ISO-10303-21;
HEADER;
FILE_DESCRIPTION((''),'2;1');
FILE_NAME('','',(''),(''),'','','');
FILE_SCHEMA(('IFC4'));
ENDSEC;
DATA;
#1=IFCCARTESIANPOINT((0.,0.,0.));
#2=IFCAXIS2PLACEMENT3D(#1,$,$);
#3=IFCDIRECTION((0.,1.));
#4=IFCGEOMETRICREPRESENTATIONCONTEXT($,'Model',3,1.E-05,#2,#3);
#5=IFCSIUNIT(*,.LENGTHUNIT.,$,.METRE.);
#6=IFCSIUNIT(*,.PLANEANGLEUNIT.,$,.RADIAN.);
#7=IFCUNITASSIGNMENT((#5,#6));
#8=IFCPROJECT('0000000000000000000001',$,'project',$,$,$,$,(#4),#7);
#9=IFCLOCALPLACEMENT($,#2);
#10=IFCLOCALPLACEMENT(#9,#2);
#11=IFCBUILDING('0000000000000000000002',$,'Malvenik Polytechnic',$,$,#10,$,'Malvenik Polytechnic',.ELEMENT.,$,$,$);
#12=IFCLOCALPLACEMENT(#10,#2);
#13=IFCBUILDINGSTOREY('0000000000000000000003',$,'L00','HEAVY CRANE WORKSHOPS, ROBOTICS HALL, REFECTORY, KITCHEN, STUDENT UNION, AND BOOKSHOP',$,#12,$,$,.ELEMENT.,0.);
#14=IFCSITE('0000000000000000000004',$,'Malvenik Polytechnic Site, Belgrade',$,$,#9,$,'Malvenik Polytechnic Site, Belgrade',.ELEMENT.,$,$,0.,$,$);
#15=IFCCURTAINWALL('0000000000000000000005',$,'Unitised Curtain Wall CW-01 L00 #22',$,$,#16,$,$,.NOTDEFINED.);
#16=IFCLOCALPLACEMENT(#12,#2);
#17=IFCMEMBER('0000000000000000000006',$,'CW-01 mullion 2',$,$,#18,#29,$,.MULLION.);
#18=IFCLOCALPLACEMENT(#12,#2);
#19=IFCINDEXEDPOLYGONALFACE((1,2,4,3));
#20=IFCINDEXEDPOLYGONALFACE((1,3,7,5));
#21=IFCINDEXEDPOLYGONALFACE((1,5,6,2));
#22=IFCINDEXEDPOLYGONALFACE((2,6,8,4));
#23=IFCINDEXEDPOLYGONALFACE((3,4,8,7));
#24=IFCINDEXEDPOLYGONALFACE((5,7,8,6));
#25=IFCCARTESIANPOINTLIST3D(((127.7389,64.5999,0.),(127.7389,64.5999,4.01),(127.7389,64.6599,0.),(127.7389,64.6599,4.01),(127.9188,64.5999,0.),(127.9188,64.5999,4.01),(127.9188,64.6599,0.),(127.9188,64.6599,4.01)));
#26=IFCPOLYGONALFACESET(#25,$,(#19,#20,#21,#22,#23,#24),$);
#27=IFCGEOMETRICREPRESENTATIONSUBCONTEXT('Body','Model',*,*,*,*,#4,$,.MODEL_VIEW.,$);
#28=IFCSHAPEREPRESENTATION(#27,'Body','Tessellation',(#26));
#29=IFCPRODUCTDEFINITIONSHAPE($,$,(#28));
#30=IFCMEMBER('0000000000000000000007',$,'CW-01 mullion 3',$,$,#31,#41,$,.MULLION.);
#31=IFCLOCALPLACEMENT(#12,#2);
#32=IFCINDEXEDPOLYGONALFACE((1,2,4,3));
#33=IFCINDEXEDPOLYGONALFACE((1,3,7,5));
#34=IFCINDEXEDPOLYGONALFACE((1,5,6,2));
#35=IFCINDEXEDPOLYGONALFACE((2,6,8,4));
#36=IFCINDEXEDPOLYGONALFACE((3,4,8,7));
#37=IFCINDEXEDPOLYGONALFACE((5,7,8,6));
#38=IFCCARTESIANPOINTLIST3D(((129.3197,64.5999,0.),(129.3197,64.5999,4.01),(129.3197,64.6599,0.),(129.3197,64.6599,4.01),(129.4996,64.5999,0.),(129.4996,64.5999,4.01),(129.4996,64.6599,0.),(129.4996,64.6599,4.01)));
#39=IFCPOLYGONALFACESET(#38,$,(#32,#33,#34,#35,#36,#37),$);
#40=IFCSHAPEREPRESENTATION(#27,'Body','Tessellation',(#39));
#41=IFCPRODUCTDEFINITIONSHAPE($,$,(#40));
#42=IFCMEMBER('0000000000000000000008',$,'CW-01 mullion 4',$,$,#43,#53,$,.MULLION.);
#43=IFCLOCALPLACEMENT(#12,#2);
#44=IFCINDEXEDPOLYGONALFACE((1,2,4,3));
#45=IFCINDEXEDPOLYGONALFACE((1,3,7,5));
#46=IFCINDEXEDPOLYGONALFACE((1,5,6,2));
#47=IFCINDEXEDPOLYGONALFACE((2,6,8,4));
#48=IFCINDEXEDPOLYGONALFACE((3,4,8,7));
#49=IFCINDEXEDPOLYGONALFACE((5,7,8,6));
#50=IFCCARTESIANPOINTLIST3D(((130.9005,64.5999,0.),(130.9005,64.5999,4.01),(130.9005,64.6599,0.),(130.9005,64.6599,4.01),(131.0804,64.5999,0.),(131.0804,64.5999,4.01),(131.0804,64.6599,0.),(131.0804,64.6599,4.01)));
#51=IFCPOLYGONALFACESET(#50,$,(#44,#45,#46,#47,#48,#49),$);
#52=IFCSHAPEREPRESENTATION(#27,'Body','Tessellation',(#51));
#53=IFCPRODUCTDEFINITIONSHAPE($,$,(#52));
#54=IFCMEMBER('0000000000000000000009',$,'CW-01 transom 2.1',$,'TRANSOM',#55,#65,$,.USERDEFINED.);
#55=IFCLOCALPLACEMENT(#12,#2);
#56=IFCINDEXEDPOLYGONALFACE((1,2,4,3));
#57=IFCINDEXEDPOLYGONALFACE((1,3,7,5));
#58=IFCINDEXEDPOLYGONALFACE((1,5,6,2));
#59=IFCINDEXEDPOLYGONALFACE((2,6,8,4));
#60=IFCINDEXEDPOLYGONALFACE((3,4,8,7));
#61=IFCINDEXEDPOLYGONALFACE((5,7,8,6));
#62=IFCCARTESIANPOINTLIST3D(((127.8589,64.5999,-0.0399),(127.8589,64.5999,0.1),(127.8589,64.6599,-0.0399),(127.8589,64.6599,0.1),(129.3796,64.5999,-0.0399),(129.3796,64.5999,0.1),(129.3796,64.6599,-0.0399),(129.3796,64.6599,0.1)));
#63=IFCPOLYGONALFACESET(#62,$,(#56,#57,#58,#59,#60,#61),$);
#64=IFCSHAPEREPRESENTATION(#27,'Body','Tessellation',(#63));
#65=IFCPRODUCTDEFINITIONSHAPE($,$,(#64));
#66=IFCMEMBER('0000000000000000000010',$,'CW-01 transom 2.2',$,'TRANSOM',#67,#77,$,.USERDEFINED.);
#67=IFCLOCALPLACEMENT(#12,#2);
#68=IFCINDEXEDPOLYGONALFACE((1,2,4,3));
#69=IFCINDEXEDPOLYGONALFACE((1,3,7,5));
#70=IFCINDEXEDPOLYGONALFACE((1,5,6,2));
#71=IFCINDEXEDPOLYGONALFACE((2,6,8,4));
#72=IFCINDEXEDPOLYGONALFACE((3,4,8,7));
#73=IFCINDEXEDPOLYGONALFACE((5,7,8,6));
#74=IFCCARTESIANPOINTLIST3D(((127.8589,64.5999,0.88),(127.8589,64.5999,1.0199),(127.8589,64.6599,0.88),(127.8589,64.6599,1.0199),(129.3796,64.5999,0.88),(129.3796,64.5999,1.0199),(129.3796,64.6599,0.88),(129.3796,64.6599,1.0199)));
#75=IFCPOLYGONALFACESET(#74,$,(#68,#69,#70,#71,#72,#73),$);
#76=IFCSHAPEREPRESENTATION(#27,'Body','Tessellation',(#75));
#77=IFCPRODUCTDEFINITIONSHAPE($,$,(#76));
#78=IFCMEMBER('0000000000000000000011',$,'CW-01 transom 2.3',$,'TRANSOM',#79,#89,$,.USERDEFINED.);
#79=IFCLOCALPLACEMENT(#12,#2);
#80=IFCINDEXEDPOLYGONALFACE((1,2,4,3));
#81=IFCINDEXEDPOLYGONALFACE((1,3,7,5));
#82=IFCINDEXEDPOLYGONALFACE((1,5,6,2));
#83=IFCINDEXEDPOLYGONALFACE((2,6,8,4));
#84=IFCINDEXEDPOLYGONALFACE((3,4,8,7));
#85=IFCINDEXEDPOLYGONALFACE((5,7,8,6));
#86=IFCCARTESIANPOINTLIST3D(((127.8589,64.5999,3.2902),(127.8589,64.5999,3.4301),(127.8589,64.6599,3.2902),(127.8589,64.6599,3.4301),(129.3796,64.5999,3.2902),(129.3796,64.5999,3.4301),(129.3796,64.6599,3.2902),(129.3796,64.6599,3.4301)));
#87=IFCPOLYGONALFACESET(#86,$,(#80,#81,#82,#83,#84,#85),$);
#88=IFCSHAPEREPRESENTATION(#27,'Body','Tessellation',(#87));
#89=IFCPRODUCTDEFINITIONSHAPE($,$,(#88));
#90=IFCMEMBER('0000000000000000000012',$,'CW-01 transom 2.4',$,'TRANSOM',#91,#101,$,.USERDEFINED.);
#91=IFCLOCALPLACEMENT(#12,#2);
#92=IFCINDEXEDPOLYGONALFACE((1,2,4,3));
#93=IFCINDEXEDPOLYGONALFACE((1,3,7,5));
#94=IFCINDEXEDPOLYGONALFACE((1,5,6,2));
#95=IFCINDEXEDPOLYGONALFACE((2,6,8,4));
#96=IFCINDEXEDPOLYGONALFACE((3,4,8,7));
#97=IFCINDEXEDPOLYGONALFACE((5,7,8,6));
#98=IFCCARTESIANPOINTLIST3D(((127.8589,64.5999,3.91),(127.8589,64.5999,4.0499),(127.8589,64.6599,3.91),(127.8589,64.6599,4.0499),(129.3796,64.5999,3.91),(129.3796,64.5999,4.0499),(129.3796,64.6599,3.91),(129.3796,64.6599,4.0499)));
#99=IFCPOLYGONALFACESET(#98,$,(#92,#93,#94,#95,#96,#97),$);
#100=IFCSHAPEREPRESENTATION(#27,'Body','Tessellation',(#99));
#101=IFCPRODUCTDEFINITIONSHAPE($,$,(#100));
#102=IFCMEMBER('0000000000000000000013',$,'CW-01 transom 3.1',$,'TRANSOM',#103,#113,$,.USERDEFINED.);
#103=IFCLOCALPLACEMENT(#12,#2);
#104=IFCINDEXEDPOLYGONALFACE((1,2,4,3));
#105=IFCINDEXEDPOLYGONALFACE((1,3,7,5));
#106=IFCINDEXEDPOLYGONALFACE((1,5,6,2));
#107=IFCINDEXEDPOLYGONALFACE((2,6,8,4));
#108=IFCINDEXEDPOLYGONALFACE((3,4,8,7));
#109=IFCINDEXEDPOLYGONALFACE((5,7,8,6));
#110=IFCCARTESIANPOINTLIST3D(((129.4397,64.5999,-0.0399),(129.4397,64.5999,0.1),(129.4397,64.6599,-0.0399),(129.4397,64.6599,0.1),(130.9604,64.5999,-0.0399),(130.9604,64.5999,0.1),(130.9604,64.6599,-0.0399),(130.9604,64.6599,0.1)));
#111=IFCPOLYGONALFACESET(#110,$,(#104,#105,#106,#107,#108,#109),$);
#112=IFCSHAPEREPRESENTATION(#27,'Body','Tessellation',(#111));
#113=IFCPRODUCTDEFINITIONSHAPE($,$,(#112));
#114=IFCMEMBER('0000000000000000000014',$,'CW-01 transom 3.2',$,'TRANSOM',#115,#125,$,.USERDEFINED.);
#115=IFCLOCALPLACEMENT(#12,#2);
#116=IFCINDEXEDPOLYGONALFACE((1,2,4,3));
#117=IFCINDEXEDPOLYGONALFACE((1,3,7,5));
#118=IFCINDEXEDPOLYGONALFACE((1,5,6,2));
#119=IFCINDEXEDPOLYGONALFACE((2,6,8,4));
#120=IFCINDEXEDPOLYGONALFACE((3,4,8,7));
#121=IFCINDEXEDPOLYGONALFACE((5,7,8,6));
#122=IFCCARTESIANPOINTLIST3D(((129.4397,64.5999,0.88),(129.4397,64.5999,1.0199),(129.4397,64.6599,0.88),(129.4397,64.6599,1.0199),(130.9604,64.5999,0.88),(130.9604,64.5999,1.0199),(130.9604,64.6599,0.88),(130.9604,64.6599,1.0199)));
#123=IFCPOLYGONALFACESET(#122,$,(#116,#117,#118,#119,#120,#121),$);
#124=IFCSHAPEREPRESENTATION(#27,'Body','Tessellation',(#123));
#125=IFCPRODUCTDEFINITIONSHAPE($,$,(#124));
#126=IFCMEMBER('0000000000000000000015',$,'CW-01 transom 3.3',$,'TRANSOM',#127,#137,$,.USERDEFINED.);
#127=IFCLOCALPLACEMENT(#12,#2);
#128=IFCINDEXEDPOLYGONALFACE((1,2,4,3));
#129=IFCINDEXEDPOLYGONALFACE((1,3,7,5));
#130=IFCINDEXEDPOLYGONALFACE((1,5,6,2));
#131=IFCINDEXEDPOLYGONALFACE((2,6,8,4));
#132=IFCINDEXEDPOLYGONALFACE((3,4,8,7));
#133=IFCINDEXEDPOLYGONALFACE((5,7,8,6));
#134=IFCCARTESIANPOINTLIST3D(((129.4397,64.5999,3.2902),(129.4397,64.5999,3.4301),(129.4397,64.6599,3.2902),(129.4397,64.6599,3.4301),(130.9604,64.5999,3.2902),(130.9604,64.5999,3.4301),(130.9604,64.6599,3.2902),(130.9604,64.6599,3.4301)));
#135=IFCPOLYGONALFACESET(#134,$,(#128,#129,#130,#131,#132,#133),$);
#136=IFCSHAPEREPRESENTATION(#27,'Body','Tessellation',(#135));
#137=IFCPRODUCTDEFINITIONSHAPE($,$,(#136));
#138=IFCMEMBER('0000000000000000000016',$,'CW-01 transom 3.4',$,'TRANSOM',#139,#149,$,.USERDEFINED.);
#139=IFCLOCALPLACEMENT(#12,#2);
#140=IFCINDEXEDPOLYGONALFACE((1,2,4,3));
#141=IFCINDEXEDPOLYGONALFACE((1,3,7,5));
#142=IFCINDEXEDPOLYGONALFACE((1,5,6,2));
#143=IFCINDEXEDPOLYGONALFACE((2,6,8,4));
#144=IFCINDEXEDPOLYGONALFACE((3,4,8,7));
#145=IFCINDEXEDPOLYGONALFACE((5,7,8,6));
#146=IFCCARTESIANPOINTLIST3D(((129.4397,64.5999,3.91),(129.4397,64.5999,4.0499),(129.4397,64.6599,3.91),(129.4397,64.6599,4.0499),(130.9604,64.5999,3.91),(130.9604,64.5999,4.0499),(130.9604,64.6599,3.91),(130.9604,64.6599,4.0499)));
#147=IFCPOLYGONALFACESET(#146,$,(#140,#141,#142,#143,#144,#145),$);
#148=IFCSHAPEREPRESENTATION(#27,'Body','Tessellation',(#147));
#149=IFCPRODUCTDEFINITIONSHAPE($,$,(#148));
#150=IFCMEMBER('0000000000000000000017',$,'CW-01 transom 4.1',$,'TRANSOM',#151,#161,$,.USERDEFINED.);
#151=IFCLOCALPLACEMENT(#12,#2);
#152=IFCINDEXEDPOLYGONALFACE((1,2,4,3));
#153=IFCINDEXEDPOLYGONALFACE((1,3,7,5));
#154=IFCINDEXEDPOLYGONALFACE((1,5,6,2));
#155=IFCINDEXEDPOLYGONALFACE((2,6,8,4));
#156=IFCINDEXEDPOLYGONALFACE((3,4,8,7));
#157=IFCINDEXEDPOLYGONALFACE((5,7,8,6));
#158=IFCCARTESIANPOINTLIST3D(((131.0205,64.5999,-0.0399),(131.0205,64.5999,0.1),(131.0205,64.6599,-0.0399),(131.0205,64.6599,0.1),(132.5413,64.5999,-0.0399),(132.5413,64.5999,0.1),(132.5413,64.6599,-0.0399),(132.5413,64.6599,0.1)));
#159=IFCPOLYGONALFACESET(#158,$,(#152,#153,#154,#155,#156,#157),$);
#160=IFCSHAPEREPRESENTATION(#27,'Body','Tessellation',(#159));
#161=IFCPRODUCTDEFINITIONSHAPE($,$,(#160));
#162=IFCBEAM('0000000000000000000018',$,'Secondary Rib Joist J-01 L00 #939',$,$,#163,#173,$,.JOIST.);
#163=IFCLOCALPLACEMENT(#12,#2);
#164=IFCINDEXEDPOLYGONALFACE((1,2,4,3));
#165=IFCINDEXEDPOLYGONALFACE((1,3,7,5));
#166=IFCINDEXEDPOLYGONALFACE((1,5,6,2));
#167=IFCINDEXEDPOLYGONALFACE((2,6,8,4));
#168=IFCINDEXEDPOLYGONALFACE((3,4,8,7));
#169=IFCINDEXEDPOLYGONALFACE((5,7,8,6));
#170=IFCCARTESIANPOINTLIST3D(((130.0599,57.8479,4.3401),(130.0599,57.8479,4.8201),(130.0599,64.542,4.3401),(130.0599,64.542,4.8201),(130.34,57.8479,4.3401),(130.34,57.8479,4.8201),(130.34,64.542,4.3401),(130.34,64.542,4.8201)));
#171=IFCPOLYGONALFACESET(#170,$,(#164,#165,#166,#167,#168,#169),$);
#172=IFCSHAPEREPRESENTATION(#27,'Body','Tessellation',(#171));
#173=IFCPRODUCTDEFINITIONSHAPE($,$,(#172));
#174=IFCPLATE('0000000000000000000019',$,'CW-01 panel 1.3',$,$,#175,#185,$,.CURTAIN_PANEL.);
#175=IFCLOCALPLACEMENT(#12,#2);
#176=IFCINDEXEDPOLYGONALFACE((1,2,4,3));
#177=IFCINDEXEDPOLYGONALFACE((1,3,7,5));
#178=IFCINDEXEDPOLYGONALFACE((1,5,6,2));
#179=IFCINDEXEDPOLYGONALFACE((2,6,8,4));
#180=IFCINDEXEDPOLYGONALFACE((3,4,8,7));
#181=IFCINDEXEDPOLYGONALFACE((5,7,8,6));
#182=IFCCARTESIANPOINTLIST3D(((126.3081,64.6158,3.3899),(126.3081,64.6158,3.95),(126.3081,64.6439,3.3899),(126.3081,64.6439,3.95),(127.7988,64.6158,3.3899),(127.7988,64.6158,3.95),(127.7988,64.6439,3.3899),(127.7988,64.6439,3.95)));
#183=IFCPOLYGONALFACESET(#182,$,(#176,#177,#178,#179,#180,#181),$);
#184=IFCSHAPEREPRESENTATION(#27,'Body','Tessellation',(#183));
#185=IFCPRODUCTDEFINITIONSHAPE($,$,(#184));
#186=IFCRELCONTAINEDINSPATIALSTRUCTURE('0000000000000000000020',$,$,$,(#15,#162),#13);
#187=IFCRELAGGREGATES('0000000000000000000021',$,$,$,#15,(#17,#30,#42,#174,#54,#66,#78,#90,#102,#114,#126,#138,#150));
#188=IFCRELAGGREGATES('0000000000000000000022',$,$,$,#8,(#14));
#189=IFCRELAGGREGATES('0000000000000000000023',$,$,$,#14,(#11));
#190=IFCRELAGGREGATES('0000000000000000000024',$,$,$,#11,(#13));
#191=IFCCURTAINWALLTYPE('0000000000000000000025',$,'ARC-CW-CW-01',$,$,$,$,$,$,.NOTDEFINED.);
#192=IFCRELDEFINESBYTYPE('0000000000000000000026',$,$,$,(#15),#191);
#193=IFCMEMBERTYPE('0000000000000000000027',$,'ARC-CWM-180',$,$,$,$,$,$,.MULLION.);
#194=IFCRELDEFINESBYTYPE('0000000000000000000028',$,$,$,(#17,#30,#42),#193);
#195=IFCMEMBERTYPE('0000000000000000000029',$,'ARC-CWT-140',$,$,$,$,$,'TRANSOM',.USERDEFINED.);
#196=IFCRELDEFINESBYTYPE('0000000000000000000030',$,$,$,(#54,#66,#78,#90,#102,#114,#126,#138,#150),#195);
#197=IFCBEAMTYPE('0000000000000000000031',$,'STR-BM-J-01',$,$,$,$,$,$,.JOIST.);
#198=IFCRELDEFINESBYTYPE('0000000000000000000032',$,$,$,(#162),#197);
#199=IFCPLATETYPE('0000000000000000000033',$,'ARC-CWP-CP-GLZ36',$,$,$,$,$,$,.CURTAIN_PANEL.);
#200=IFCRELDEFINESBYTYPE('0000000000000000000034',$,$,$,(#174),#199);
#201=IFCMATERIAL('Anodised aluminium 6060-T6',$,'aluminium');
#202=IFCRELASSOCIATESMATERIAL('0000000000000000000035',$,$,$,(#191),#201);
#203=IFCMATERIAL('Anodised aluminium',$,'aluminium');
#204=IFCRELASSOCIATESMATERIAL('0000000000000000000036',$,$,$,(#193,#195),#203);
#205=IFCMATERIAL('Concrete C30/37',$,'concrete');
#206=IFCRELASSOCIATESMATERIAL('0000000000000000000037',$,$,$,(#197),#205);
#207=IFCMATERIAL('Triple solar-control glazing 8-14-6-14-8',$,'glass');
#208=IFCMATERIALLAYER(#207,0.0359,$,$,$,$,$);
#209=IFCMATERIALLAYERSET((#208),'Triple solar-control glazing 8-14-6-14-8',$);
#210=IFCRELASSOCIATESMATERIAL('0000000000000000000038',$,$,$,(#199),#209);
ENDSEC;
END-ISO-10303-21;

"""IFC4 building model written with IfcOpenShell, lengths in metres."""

from ifc_helpers import new_model, si_unit, direction, frame, origin, origin_2d, place, context, subcontext, project, spatial, rectangle, extrude, material, layer, layer_set, material_profile, profile_set, type_object, element, aggregate, save


model = new_model("IFC4")

# Units and contexts
model_context = context("Model", 3, precision=1e-05, world=origin(), true_north=direction((0.0, 1.0)))
body_context = subcontext(model_context, "Body", "Model", "MODEL_VIEW")
ifc_project = project(units=[si_unit("LENGTHUNIT", "METRE"), si_unit("PLANEANGLEUNIT", "RADIAN")], contexts=[model_context])

# Site, building, storey
site_placement = place(None, origin())
site = spatial("IfcSite", under=ifc_project, at=site_placement, Name="Malvenik Polytechnic Site, Belgrade", LongName="Malvenik Polytechnic Site, Belgrade", CompositionType="ELEMENT", RefElevation=0.0)
building_placement = place(site_placement, origin())
building = spatial("IfcBuilding", under=site, at=building_placement, Name="Malvenik Polytechnic", LongName="Malvenik Polytechnic", CompositionType="ELEMENT")
storey_placement = place(building_placement, origin())
storey = spatial("IfcBuildingStorey", under=building, at=storey_placement, Name="L00", Description="HEAVY CRANE WORKSHOPS, ROBOTICS HALL, REFECTORY, KITCHEN, STUDENT UNION, AND BOOKSHOP", CompositionType="ELEMENT", Elevation=0.0)

# Curtain wall, members
ifc_material_1 = material(Name="Anodised aluminium 6060-T6", Category="aluminium")
curtain_wall_type = type_object("IfcCurtainWallType", Name="ARC-CW-CW-01", PredefinedType="NOTDEFINED", material=ifc_material_1)
curtain_wall_placement = place(storey_placement, origin())
curtain_wall = element("IfcCurtainWall", 1, at=curtain_wall_placement, inside=storey, type_object=curtain_wall_type, Name="Unitised Curtain Wall CW-01 L00 #22", PredefinedType="NOTDEFINED")
ifc_material_2 = material(Name="Anodised aluminium", Category="aluminium")
ifc_material_profile_1 = material_profile(ifc_material_2, rectangle(XDim=0.0601, YDim=0.1799, at=origin_2d()), Name="ALU MULLION 60x180")
ifc_profile_set_1 = profile_set([ifc_material_profile_1], Name="Anodised aluminium")
member_type_1 = type_object("IfcMemberType", Name="ARC-CWM-180", PredefinedType="MULLION", material=ifc_profile_set_1)
member_1_placement = place(storey_placement, frame((127.8289, 64.6299, 0.0), z_axis=(0.0, 0.0, 1.0), x_axis=(0.0, 1.0, 0.0)))
member_1 = element("IfcMember", 2, at=member_1_placement, type_object=member_type_1, Name="CW-01 mullion 2", PredefinedType="MULLION", context=body_context, shape_type="SweptSolid", body=[
    extrude(rectangle(XDim=0.0601, YDim=0.1799, at=origin_2d()), origin(), (0.0, 0.0, 1.0), 4.01),
])
member_2_placement = place(storey_placement, frame((129.4097, 64.6299, 0.0), z_axis=(0.0, 0.0, 1.0), x_axis=(0.0, 1.0, 0.0)))
member_2 = element("IfcMember", 3, at=member_2_placement, type_object=member_type_1, Name="CW-01 mullion 3", PredefinedType="MULLION", context=body_context, shape_type="SweptSolid", body=[
    extrude(rectangle(XDim=0.0601, YDim=0.1799, at=origin_2d()), origin(), (0.0, 0.0, 1.0), 4.01),
])
member_3_placement = place(storey_placement, frame((130.9905, 64.6299, 0.0), z_axis=(0.0, 0.0, 1.0), x_axis=(0.0, 1.0, 0.0)))
member_3 = element("IfcMember", 4, at=member_3_placement, type_object=member_type_1, Name="CW-01 mullion 4", PredefinedType="MULLION", context=body_context, shape_type="SweptSolid", body=[
    extrude(rectangle(XDim=0.0601, YDim=0.1799, at=origin_2d()), origin(), (0.0, 0.0, 1.0), 4.01),
])
ifc_material_profile_2 = material_profile(ifc_material_2, rectangle(XDim=0.0601, YDim=0.1399, at=origin_2d()), Name="ALU TRANSOM 60x140")
ifc_profile_set_2 = profile_set([ifc_material_profile_2], Name="Anodised aluminium")
member_type_2 = type_object("IfcMemberType", Name="ARC-CWT-140", ElementType="TRANSOM", PredefinedType="USERDEFINED", material=ifc_profile_set_2)
member_4_placement = place(storey_placement, frame((127.8589, 64.6299, 0.03), z_axis=(1.0, 0.0, 0.0), x_axis=(0.0, 1.0, 0.0)))
member_4 = element("IfcMember", 5, at=member_4_placement, type_object=member_type_2, Name="CW-01 transom 2.1", ObjectType="TRANSOM", PredefinedType="USERDEFINED", context=body_context, shape_type="SweptSolid", body=[
    extrude(rectangle(XDim=0.0601, YDim=0.1399, at=origin_2d()), origin(), (0.0, 0.0, 1.0), 1.5208),
])
member_5_placement = place(storey_placement, frame((127.8589, 64.6299, 0.95), z_axis=(1.0, 0.0, 0.0), x_axis=(0.0, 1.0, 0.0)))
member_5 = element("IfcMember", 6, at=member_5_placement, type_object=member_type_2, Name="CW-01 transom 2.2", ObjectType="TRANSOM", PredefinedType="USERDEFINED", context=body_context, shape_type="SweptSolid", body=[
    extrude(rectangle(XDim=0.0601, YDim=0.1399, at=origin_2d()), origin(), (0.0, 0.0, 1.0), 1.5208),
])
member_6_placement = place(storey_placement, frame((127.8589, 64.6299, 3.3601), z_axis=(1.0, 0.0, 0.0), x_axis=(0.0, 1.0, 0.0)))
member_6 = element("IfcMember", 7, at=member_6_placement, type_object=member_type_2, Name="CW-01 transom 2.3", ObjectType="TRANSOM", PredefinedType="USERDEFINED", context=body_context, shape_type="SweptSolid", body=[
    extrude(rectangle(XDim=0.0601, YDim=0.1399, at=origin_2d()), origin(), (0.0, 0.0, 1.0), 1.5208),
])
member_7_placement = place(storey_placement, frame((127.8589, 64.6299, 3.98), z_axis=(1.0, 0.0, 0.0), x_axis=(0.0, 1.0, 0.0)))
member_7 = element("IfcMember", 8, at=member_7_placement, type_object=member_type_2, Name="CW-01 transom 2.4", ObjectType="TRANSOM", PredefinedType="USERDEFINED", context=body_context, shape_type="SweptSolid", body=[
    extrude(rectangle(XDim=0.0601, YDim=0.1399, at=origin_2d()), origin(), (0.0, 0.0, 1.0), 1.5208),
])
member_8_placement = place(storey_placement, frame((129.4397, 64.6299, 0.03), z_axis=(1.0, 0.0, 0.0), x_axis=(0.0, 1.0, 0.0)))
member_8 = element("IfcMember", 9, at=member_8_placement, type_object=member_type_2, Name="CW-01 transom 3.1", ObjectType="TRANSOM", PredefinedType="USERDEFINED", context=body_context, shape_type="SweptSolid", body=[
    extrude(rectangle(XDim=0.0601, YDim=0.1399, at=origin_2d()), origin(), (0.0, 0.0, 1.0), 1.5208),
])
member_9_placement = place(storey_placement, frame((129.4397, 64.6299, 0.95), z_axis=(1.0, 0.0, 0.0), x_axis=(0.0, 1.0, 0.0)))
member_9 = element("IfcMember", 10, at=member_9_placement, type_object=member_type_2, Name="CW-01 transom 3.2", ObjectType="TRANSOM", PredefinedType="USERDEFINED", context=body_context, shape_type="SweptSolid", body=[
    extrude(rectangle(XDim=0.0601, YDim=0.1399, at=origin_2d()), origin(), (0.0, 0.0, 1.0), 1.5208),
])
member_10_placement = place(storey_placement, frame((129.4397, 64.6299, 3.3601), z_axis=(1.0, 0.0, 0.0), x_axis=(0.0, 1.0, 0.0)))
member_10 = element("IfcMember", 11, at=member_10_placement, type_object=member_type_2, Name="CW-01 transom 3.3", ObjectType="TRANSOM", PredefinedType="USERDEFINED", context=body_context, shape_type="SweptSolid", body=[
    extrude(rectangle(XDim=0.0601, YDim=0.1399, at=origin_2d()), origin(), (0.0, 0.0, 1.0), 1.5208),
])
member_11_placement = place(storey_placement, frame((129.4397, 64.6299, 3.98), z_axis=(1.0, 0.0, 0.0), x_axis=(0.0, 1.0, 0.0)))
member_11 = element("IfcMember", 12, at=member_11_placement, type_object=member_type_2, Name="CW-01 transom 3.4", ObjectType="TRANSOM", PredefinedType="USERDEFINED", context=body_context, shape_type="SweptSolid", body=[
    extrude(rectangle(XDim=0.0601, YDim=0.1399, at=origin_2d()), origin(), (0.0, 0.0, 1.0), 1.5208),
])
member_12_placement = place(storey_placement, frame((131.0205, 64.6299, 0.03), z_axis=(1.0, 0.0, 0.0), x_axis=(0.0, 1.0, 0.0)))
member_12 = element("IfcMember", 13, at=member_12_placement, type_object=member_type_2, Name="CW-01 transom 4.1", ObjectType="TRANSOM", PredefinedType="USERDEFINED", context=body_context, shape_type="SweptSolid", body=[
    extrude(rectangle(XDim=0.0601, YDim=0.1399, at=origin_2d()), origin(), (0.0, 0.0, 1.0), 1.5208),
])

# Beam
ifc_material_3 = material(Name="Concrete C30/37", Category="concrete")
ifc_material_profile_3 = material_profile(ifc_material_3, rectangle(XDim=0.28, YDim=0.48, at=origin_2d()), Name="RC JST 280x480")
ifc_profile_set_3 = profile_set([ifc_material_profile_3], Name="Concrete C30/37")
beam_type = type_object("IfcBeamType", Name="STR-BM-J-01", PredefinedType="JOIST", material=ifc_profile_set_3)
beam_placement = place(storey_placement, frame((130.2, 57.8479, 4.5801), z_axis=(0.0, 1.0, 0.0), x_axis=(-1.0, 0.0, 0.0)))
element("IfcBeam", 14, at=beam_placement, inside=storey, type_object=beam_type, Name="Secondary Rib Joist J-01 L00 #939", PredefinedType="JOIST", context=body_context, shape_type="SweptSolid", body=[
    extrude(rectangle(XDim=0.28, YDim=0.48, at=origin_2d()), origin(), (0.0, 0.0, 1.0), 6.6941),
])

# Plate
ifc_material_4 = material(Name="Triple solar-control glazing 8-14-6-14-8", Category="glass")
ifc_layer_1 = layer(ifc_material_4, 0.0359)
ifc_layer_set_1 = layer_set([ifc_layer_1], Name="Triple solar-control glazing 8-14-6-14-8")
plate_type_1 = type_object("IfcPlateType", Name="ARC-CWP-CP-GLZ36", PredefinedType="CURTAIN_PANEL", material=ifc_layer_set_1)
plate_1_placement = place(storey_placement, frame((127.0535, 64.6299, 3.3899), z_axis=(0.0, 0.0, 1.0), x_axis=(1.0, 0.0, 0.0)))
plate_1 = element("IfcPlate", 15, at=plate_1_placement, type_object=plate_type_1, Name="CW-01 panel 1.3", PredefinedType="CURTAIN_PANEL", context=body_context, shape_type="SweptSolid", body=[
    extrude(rectangle(XDim=1.4907, YDim=0.0281, at=origin_2d()), origin(), (0.0, 0.0, 1.0), 0.5601),
])
aggregate(curtain_wall, [member_1, member_2, member_3, plate_1, member_4, member_5, member_6, member_7, member_8, member_9, member_10, member_11, member_12])

save(model, "model.ifc")
